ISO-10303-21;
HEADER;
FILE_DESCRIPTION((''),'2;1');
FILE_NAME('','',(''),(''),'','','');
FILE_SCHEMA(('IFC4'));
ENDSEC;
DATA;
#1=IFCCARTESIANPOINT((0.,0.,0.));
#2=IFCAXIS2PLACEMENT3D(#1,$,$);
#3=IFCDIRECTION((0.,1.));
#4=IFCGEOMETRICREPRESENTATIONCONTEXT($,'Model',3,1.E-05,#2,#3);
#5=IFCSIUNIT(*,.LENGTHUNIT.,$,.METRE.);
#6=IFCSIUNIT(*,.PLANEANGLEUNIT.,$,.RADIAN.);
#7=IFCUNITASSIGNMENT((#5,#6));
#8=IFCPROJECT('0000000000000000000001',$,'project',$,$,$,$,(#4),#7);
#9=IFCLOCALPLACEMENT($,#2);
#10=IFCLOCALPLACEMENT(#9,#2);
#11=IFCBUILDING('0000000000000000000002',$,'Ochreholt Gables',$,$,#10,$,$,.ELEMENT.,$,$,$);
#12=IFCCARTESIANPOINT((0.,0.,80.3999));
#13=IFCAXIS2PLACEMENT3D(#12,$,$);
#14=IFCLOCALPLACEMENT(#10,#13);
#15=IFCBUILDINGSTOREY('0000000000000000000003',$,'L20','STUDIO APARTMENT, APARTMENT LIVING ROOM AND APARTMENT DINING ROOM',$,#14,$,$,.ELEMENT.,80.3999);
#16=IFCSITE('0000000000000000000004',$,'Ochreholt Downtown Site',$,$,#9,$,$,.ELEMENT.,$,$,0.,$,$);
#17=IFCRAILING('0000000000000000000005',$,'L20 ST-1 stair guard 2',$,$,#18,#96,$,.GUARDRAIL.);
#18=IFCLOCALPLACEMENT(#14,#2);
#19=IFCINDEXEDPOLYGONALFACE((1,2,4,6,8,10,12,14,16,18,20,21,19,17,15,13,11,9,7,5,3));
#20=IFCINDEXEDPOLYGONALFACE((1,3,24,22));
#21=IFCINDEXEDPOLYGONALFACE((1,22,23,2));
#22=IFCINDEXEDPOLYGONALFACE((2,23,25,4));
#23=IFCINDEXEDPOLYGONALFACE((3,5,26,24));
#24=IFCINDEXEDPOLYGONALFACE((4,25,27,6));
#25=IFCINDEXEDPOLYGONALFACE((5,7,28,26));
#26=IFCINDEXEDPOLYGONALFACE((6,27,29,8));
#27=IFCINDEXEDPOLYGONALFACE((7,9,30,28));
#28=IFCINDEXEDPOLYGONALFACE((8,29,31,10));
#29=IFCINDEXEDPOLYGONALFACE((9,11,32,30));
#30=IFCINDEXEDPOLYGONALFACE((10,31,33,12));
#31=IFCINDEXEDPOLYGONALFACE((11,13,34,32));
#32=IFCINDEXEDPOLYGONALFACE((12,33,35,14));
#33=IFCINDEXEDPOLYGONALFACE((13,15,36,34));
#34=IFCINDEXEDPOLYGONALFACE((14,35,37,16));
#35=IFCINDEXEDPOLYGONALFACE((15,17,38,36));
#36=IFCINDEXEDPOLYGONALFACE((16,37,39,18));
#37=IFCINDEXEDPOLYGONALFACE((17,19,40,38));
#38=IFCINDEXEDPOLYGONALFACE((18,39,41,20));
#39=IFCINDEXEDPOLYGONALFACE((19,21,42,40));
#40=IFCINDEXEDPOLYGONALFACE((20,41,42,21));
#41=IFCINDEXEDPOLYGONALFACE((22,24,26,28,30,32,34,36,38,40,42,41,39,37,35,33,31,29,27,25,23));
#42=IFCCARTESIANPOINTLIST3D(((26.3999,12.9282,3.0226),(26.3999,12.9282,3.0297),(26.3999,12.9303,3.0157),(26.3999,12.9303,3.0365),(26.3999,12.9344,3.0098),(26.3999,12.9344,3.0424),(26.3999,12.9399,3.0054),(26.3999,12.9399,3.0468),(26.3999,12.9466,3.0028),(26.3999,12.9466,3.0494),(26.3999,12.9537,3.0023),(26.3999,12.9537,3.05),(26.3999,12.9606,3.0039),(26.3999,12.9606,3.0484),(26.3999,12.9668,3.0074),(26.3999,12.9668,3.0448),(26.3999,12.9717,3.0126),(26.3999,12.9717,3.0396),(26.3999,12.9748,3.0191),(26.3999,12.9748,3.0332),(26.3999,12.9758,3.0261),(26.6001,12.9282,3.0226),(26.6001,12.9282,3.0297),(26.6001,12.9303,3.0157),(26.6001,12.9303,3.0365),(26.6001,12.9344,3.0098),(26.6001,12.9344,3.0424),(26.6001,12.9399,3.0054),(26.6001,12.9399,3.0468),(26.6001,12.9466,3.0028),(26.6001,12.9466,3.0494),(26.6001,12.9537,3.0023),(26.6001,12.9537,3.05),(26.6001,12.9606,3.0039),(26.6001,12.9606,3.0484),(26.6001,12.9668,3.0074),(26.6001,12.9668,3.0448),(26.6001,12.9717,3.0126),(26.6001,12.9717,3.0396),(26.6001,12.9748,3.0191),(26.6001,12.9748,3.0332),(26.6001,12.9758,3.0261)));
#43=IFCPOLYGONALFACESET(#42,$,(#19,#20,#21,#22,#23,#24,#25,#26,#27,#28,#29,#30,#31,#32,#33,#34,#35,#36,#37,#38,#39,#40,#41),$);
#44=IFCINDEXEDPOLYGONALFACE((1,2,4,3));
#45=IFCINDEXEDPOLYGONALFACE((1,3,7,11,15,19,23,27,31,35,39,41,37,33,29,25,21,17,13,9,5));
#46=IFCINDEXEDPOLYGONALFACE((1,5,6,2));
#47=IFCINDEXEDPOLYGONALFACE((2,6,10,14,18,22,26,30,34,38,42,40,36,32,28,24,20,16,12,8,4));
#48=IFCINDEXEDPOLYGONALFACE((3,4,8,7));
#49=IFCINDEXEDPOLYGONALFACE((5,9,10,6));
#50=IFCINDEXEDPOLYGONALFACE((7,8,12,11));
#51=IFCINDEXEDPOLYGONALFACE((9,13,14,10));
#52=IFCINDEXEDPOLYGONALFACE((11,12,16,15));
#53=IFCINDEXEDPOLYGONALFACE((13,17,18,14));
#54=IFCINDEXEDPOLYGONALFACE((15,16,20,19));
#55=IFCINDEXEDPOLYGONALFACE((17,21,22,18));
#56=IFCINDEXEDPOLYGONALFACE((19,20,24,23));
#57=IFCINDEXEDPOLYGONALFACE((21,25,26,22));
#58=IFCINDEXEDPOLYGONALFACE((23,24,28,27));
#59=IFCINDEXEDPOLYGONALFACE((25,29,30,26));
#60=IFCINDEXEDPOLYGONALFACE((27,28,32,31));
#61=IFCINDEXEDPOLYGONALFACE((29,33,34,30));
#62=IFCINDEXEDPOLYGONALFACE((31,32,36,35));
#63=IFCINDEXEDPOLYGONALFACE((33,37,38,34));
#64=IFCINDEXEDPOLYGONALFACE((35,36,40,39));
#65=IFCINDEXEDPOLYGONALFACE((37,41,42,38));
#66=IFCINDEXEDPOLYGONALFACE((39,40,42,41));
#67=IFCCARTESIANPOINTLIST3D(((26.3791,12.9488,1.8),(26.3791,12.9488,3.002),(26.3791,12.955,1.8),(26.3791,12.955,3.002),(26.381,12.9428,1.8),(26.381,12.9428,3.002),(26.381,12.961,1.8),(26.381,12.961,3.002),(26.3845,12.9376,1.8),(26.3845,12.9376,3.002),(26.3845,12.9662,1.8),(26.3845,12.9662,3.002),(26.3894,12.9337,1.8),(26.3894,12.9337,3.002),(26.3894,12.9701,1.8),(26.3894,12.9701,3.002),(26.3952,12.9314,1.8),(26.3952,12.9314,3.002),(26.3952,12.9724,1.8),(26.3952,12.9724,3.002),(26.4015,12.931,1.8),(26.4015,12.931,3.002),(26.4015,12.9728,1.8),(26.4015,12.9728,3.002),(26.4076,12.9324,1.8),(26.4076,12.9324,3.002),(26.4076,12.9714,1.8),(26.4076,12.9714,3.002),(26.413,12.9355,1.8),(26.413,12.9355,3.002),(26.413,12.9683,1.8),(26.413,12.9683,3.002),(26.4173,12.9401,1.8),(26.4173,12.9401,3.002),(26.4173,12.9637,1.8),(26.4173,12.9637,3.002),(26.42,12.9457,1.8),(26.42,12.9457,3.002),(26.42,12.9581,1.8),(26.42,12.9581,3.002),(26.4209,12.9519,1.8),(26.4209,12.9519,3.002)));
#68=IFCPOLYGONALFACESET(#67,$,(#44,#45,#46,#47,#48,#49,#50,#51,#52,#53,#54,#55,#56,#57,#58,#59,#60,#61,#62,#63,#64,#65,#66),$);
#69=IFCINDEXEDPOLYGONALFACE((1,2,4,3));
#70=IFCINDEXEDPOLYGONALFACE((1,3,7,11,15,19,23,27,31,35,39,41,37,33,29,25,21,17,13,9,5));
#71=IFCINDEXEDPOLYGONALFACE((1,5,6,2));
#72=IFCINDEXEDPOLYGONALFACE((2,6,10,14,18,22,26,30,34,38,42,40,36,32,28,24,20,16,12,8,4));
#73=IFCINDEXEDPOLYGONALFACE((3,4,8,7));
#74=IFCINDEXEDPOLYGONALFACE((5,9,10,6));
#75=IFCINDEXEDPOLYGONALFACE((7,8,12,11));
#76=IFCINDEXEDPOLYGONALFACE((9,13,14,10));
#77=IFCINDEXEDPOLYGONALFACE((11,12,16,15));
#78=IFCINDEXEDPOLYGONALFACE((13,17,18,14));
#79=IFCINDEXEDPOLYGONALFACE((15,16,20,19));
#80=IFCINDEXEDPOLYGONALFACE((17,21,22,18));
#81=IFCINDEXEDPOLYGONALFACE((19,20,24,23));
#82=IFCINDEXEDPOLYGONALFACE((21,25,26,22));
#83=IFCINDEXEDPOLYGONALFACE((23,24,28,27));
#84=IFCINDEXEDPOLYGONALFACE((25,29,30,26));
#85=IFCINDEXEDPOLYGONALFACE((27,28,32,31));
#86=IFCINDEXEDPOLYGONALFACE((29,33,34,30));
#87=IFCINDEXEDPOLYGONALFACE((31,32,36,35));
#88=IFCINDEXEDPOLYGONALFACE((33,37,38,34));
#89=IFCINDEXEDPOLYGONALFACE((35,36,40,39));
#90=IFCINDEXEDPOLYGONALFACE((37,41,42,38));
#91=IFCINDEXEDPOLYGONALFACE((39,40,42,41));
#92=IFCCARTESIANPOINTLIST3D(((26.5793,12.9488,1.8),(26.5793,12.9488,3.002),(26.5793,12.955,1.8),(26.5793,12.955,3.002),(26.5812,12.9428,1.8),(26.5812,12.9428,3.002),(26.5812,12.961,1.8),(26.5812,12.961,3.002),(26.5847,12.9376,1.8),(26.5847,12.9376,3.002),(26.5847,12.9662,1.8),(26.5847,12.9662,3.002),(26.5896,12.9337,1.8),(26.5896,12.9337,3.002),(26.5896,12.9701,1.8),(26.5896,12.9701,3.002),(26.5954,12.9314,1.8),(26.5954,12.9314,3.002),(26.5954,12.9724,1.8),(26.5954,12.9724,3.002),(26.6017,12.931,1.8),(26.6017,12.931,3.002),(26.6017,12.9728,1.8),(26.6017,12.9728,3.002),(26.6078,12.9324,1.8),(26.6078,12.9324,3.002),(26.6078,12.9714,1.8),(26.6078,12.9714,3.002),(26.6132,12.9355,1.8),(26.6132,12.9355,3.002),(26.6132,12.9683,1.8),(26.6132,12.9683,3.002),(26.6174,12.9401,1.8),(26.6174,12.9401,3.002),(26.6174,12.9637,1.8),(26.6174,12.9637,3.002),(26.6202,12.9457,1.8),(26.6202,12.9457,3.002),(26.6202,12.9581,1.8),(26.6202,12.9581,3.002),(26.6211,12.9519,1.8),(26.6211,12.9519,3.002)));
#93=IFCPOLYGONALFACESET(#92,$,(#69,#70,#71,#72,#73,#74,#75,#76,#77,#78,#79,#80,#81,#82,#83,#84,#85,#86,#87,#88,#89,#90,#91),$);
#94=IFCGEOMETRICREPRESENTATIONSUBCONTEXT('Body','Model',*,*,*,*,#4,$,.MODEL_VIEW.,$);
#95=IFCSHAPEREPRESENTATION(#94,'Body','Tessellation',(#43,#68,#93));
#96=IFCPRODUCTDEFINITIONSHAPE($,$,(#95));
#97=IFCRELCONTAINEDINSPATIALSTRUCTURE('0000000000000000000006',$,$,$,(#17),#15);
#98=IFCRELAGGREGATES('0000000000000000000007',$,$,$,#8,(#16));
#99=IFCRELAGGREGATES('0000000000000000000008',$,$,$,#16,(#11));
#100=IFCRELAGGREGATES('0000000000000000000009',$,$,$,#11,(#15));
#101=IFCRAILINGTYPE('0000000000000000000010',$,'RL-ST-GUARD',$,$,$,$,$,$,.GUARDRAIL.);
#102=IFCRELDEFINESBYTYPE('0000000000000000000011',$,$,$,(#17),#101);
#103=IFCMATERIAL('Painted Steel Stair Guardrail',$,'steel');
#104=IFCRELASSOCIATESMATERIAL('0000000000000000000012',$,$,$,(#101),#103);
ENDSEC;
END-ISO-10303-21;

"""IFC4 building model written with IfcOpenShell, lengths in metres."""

from ifc_helpers import new_model, si_unit, direction, frame, origin, origin_2d, place, context, subcontext, project, spatial, circle, extrude, material, type_object, element, save


model = new_model("IFC4")

# Units and contexts
model_context = context("Model", 3, precision=1e-05, world=origin(), true_north=direction((0.0, 1.0)))
body_context = subcontext(model_context, "Body", "Model", "MODEL_VIEW")
ifc_project = project(units=[si_unit("LENGTHUNIT", "METRE"), si_unit("PLANEANGLEUNIT", "RADIAN")], contexts=[model_context])

# Site, building, storey
site_placement = place(None, origin())
site = spatial("IfcSite", under=ifc_project, at=site_placement, Name="Ochreholt Downtown Site", CompositionType="ELEMENT", RefElevation=0.0)
building_placement = place(site_placement, origin())
building = spatial("IfcBuilding", under=site, at=building_placement, Name="Ochreholt Gables", CompositionType="ELEMENT")
storey_placement = place(building_placement, frame((0.0, 0.0, 80.3999)))
storey = spatial("IfcBuildingStorey", under=building, at=storey_placement, Name="L20", Description="STUDIO APARTMENT, APARTMENT LIVING ROOM AND APARTMENT DINING ROOM", CompositionType="ELEMENT", Elevation=80.3999)

# Railing
ifc_material_1 = material(Name="Painted Steel Stair Guardrail", Category="steel")
railing_type_1 = type_object("IfcRailingType", Name="RL-ST-GUARD", PredefinedType="GUARDRAIL", material=ifc_material_1)
railing_1_placement = place(storey_placement, frame((26.3999, 12.9519, 1.8)))
element("IfcRailing", 1, at=railing_1_placement, inside=storey, type_object=railing_type_1, Name="L20 ST-1 stair guard 2", PredefinedType="GUARDRAIL", context=body_context, shape_type="SweptSolid", body=[
    extrude(circle(Radius=0.0239, at=origin_2d()), frame((0.0, 0.0, 1.2261), z_axis=(1.0, 0.0, 0.0), x_axis=(0.0, 1.0, 0.0)), (0.0, 0.0, 1.0), 0.2002),
    extrude(circle(Radius=0.021, at=origin_2d()), origin(), (0.0, 0.0, 1.0), 1.2019),
    extrude(circle(Radius=0.021, at=origin_2d()), frame((0.2002, 0.0, 0.0)), (0.0, 0.0, 1.0), 1.2019),
])

save(model, "model.ifc")
